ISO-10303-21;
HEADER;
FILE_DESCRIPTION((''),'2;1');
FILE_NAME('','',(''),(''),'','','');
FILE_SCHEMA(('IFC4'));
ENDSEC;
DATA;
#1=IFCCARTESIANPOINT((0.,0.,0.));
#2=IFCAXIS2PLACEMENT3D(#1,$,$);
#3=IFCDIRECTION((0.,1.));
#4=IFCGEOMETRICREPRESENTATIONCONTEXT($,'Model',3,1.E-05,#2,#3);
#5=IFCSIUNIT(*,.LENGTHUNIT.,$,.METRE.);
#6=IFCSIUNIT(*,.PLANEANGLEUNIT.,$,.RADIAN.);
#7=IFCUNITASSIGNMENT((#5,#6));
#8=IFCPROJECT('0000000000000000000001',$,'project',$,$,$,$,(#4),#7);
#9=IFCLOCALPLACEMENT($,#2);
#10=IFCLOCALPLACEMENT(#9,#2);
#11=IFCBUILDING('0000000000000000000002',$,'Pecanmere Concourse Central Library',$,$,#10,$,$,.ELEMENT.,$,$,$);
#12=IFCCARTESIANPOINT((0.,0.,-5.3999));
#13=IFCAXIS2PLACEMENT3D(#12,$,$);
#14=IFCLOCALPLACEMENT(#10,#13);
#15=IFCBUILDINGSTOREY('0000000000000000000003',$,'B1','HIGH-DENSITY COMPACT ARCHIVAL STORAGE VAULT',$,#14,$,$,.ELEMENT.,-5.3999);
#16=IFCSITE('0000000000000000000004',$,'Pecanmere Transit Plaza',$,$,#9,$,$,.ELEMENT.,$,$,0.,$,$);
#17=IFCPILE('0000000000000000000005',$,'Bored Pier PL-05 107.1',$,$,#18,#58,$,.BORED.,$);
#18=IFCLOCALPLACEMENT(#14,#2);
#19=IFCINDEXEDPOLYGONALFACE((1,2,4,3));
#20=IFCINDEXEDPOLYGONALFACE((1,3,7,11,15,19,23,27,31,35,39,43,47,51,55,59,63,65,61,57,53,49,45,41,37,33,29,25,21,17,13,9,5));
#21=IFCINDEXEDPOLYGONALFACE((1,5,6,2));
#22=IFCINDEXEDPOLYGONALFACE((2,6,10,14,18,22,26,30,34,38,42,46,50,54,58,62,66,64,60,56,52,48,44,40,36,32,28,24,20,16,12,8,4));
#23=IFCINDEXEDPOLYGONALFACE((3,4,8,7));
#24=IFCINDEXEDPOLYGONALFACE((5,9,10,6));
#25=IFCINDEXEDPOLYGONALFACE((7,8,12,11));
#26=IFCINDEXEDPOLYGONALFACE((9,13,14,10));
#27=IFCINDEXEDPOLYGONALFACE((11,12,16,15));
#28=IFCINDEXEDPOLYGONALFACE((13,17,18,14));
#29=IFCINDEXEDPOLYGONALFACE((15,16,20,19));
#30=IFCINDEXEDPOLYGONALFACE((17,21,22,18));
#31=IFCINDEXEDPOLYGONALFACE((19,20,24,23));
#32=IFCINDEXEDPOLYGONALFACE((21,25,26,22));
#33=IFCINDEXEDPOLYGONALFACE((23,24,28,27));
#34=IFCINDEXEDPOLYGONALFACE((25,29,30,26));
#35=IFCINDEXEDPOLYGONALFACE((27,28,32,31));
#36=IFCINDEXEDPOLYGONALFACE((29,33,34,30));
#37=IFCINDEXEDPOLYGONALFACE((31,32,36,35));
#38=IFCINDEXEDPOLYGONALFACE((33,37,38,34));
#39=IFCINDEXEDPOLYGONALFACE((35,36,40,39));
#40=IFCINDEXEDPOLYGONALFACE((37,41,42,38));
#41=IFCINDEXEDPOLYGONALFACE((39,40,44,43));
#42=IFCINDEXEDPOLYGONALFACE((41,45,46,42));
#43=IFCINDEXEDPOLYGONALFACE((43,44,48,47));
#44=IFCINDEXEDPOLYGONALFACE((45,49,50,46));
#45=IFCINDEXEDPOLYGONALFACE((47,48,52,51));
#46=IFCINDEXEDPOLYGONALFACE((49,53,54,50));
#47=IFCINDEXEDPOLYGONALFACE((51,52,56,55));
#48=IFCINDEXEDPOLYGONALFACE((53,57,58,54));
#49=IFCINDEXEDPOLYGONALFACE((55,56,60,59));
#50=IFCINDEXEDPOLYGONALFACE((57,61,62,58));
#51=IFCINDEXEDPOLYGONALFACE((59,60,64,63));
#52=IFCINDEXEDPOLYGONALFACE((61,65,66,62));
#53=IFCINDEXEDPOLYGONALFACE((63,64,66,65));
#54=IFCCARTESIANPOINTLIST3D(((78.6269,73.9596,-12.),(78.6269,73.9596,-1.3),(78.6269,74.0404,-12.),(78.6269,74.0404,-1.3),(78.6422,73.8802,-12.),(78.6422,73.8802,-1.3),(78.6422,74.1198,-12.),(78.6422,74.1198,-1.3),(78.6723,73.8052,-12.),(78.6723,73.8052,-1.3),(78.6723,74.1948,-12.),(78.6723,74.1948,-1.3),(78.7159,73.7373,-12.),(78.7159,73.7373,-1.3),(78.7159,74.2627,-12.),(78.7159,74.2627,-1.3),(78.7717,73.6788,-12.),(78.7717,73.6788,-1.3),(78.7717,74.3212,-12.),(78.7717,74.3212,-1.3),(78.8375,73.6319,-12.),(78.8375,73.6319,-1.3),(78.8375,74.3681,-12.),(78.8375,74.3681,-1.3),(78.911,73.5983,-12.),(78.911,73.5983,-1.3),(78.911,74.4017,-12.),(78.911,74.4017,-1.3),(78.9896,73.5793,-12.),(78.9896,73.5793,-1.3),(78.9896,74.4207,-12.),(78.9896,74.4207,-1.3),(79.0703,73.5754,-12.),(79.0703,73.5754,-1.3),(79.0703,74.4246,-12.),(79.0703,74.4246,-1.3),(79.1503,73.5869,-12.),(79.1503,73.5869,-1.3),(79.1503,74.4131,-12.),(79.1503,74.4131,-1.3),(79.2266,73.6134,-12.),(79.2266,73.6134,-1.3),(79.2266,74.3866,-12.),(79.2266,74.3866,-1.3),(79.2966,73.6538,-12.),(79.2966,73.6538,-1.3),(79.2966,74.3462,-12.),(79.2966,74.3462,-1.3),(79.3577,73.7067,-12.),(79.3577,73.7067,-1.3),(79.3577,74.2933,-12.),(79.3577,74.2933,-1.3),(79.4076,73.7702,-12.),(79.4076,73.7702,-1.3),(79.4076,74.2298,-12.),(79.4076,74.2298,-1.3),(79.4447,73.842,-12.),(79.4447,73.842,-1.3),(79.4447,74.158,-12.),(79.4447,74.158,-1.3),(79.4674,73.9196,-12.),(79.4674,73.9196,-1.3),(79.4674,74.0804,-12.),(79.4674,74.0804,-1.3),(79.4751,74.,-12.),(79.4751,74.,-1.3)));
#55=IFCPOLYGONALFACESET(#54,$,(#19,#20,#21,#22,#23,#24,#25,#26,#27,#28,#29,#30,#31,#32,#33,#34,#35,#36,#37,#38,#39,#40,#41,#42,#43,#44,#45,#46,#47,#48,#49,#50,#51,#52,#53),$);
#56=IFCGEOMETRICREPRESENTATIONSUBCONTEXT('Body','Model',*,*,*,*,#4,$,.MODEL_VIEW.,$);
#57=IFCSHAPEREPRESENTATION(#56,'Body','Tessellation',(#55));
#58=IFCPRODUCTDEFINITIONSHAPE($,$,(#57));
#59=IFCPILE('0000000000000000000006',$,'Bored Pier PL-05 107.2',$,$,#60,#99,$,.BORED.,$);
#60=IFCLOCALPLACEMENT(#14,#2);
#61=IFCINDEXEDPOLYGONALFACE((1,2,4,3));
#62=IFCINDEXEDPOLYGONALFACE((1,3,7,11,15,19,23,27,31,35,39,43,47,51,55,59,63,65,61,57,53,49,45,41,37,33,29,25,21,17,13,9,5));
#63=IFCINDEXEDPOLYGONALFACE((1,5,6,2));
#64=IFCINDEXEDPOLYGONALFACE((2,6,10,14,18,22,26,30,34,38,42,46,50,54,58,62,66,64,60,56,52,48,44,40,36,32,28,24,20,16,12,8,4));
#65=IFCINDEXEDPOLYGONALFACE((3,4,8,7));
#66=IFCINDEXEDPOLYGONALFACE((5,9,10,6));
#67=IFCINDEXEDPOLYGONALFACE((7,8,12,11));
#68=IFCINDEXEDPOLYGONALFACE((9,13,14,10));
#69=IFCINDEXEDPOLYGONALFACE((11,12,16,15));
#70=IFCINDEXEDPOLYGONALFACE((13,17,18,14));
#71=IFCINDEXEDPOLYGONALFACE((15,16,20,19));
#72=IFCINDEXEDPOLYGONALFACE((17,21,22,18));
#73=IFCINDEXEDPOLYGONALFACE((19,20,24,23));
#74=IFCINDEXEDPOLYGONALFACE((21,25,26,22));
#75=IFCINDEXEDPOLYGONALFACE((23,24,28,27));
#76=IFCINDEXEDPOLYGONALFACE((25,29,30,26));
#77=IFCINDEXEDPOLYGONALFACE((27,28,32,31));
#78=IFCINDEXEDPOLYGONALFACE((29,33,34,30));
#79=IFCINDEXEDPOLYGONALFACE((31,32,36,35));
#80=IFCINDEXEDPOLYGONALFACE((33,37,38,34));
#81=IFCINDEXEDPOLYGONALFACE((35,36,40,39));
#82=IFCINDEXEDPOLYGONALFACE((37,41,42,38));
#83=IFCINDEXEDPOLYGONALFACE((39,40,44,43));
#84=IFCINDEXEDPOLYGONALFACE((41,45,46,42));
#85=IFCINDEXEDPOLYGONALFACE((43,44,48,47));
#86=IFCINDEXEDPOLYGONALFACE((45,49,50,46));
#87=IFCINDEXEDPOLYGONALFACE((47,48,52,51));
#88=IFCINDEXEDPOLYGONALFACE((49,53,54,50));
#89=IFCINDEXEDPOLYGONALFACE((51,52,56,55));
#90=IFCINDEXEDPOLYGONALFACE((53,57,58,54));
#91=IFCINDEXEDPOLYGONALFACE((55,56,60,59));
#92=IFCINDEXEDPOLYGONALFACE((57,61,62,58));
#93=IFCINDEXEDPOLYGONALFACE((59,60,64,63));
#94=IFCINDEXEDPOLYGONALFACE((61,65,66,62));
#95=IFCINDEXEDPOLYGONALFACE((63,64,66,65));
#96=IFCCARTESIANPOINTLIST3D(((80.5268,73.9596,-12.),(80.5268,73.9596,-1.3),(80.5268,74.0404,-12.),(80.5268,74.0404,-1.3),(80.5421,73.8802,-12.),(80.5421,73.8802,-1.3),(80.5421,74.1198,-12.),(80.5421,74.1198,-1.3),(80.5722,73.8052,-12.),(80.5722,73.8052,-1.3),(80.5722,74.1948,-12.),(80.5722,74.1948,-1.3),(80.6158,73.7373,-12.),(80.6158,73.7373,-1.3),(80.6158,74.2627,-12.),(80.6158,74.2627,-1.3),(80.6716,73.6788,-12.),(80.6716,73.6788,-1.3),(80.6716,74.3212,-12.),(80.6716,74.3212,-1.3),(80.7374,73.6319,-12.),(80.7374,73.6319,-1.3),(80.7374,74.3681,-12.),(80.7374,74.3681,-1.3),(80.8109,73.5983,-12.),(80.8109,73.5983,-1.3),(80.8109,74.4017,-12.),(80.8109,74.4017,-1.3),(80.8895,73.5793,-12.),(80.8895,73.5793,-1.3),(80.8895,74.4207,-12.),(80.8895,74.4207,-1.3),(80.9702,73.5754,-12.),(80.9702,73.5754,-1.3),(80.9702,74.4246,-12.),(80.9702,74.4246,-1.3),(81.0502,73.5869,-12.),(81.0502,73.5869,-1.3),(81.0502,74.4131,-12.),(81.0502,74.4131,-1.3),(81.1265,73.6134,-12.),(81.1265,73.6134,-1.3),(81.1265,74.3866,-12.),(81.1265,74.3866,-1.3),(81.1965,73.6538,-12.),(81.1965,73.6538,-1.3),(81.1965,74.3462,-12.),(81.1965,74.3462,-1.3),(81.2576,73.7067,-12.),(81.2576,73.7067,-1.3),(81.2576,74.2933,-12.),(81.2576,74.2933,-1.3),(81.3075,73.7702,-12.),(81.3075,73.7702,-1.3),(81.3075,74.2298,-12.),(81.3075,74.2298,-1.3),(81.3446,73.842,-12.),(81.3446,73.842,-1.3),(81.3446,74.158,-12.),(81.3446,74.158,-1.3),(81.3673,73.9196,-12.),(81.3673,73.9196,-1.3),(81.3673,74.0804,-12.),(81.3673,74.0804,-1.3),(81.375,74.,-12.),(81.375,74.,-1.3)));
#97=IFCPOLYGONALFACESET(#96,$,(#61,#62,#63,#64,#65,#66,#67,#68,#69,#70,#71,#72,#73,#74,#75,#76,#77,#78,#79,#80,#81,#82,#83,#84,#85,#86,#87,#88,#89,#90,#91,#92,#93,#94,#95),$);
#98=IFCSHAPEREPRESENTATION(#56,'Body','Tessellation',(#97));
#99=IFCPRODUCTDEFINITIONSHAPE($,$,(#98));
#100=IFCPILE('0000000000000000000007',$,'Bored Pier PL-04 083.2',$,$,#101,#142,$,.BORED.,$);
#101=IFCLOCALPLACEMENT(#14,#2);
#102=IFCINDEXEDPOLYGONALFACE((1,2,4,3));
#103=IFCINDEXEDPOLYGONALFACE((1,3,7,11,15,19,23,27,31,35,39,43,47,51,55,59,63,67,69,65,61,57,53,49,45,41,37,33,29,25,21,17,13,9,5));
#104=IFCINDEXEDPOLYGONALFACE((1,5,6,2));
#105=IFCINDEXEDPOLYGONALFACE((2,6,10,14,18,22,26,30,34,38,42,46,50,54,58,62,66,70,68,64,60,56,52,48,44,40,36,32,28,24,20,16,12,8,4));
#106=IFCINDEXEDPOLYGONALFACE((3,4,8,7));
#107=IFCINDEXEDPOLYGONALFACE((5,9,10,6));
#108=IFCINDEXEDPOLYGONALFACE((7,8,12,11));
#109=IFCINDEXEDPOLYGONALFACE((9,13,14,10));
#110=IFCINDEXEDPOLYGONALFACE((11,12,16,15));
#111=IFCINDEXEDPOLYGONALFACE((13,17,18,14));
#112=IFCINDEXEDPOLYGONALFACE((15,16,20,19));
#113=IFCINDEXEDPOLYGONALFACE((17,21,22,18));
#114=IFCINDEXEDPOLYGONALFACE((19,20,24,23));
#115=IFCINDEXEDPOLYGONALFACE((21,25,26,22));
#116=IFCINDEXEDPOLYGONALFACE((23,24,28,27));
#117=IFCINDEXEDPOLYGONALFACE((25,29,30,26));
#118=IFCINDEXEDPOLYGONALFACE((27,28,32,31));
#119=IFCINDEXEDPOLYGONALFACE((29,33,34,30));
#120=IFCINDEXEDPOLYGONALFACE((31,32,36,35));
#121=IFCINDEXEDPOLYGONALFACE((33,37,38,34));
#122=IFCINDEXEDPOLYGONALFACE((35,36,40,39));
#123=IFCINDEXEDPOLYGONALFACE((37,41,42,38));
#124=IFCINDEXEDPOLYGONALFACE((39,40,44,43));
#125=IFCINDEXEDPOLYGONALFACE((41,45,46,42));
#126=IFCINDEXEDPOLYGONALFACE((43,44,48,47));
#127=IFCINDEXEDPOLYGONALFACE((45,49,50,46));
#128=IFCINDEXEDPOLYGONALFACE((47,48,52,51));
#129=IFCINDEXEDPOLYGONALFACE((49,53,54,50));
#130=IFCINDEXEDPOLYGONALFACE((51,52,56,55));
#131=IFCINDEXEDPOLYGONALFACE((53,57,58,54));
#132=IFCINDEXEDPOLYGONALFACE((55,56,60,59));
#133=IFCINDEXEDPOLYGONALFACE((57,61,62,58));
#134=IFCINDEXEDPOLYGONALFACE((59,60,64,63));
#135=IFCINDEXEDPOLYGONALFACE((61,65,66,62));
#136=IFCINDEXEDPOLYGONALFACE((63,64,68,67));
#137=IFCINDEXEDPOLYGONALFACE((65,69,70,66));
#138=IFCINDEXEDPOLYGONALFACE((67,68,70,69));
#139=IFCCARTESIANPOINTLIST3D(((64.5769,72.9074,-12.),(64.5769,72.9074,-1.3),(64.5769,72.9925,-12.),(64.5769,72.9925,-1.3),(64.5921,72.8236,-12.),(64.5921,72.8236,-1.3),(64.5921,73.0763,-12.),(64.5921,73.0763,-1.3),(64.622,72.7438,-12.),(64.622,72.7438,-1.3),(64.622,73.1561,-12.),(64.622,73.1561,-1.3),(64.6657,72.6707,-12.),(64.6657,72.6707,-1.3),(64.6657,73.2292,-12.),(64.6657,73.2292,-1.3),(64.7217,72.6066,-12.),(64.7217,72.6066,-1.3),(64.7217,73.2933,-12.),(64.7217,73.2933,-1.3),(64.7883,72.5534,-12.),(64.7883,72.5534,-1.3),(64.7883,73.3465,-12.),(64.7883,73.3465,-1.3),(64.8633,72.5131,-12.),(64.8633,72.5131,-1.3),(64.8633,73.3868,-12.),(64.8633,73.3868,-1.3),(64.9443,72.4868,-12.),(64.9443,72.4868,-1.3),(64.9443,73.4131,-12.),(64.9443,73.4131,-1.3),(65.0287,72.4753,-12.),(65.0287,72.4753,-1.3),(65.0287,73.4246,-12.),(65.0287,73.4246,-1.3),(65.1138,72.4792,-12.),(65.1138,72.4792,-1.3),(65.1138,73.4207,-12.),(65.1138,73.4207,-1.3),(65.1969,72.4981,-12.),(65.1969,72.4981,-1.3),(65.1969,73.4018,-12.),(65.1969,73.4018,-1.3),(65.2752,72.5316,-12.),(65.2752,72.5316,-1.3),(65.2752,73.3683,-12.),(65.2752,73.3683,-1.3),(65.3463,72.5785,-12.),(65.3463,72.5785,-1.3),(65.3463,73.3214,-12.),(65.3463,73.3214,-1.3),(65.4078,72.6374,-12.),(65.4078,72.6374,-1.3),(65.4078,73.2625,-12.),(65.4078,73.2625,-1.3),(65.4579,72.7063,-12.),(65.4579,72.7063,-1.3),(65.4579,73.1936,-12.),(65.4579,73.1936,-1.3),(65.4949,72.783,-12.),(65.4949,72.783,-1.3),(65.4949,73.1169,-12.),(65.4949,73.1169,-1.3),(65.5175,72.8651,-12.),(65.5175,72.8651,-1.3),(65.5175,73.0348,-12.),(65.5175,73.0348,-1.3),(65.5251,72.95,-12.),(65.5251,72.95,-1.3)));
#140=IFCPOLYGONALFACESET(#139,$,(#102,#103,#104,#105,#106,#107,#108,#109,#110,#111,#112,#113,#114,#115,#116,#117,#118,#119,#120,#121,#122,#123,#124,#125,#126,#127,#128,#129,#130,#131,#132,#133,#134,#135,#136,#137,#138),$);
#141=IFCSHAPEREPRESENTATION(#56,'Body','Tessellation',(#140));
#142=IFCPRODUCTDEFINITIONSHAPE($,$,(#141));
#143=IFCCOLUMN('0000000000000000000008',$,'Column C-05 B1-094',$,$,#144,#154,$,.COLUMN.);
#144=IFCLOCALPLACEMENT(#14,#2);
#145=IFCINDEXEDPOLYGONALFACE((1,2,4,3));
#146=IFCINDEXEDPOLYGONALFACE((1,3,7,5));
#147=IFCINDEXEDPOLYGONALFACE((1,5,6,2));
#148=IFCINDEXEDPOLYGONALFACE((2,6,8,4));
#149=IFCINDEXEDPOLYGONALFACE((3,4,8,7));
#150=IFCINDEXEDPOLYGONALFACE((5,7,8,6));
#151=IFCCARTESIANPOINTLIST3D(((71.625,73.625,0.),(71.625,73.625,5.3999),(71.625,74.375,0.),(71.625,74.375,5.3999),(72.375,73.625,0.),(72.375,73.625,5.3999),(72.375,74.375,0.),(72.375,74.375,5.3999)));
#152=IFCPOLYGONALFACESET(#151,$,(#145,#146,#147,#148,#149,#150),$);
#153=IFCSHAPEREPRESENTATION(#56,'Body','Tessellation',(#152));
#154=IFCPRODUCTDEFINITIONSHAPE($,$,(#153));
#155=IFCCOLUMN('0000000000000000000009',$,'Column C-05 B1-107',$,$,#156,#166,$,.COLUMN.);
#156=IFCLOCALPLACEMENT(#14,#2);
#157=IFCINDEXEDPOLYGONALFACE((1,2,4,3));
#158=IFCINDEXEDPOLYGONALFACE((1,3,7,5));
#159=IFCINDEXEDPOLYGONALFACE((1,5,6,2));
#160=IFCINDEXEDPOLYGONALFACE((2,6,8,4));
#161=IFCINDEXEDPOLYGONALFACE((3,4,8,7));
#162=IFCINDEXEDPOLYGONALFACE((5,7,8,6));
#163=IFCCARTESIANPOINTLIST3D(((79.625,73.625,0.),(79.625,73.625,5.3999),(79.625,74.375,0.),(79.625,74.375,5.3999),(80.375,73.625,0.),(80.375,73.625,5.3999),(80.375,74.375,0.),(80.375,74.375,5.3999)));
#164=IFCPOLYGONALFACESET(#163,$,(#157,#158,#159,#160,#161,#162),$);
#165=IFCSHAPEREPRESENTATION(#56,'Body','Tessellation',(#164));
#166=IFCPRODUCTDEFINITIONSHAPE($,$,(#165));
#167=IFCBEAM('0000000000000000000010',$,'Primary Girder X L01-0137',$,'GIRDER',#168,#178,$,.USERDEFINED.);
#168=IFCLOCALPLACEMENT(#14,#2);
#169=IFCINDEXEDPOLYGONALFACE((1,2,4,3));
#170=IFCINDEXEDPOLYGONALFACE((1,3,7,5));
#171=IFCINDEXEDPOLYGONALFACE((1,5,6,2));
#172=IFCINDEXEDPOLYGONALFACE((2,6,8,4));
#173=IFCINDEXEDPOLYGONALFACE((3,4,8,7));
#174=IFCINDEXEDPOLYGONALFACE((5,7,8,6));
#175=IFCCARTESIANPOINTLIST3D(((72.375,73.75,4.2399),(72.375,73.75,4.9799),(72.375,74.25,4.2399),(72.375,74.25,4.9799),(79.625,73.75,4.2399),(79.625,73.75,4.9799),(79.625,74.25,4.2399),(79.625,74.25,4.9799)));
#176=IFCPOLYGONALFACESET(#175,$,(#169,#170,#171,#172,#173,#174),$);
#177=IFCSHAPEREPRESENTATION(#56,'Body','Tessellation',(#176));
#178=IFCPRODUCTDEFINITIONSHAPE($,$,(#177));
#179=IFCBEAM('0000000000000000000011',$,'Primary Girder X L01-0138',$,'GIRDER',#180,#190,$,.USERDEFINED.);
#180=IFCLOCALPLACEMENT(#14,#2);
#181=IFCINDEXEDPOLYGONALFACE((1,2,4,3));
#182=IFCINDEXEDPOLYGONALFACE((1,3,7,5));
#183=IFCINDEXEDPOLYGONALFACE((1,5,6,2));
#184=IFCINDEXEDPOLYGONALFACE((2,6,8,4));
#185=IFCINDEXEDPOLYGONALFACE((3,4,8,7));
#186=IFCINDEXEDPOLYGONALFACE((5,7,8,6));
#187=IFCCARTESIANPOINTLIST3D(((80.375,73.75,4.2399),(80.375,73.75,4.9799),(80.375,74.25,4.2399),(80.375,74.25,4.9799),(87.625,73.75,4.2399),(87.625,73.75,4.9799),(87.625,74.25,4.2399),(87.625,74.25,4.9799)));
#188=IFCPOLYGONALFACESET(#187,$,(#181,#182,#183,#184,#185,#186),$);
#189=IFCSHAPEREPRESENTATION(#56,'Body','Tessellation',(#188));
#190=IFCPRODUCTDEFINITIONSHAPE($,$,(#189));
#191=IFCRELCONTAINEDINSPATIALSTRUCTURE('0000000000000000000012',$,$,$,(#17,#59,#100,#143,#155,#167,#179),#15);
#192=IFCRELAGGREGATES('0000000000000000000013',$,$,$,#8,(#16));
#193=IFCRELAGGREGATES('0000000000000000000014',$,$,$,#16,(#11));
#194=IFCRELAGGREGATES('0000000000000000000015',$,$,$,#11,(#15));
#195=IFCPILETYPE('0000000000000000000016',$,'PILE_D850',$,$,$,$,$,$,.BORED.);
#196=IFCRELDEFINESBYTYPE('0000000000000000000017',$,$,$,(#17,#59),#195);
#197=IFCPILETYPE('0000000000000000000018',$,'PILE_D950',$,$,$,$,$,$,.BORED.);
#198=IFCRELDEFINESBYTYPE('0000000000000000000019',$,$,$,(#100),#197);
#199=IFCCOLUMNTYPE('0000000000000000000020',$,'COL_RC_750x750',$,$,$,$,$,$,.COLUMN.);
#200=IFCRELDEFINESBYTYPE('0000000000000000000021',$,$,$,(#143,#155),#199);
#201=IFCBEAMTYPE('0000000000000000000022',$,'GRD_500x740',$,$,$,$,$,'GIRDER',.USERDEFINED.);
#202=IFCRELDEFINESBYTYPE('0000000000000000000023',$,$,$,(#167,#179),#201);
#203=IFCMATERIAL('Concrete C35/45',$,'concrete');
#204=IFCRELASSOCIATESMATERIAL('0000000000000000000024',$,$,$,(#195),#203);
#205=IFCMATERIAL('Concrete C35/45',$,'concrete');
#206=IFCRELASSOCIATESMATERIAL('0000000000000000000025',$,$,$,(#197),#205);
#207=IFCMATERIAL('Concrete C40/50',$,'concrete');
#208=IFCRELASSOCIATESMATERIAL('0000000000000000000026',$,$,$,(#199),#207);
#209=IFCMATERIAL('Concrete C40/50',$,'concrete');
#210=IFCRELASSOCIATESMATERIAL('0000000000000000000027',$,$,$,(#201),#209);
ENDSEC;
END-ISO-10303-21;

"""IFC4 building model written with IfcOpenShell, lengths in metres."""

from ifc_helpers import new_model, si_unit, direction, frame, origin, origin_2d, place, context, subcontext, project, spatial, rectangle, circle, extrude, material, material_profile, profile_set, type_object, element, save


model = new_model("IFC4")

# Units and contexts
model_context = context("Model", 3, precision=1e-05, world=origin(), true_north=direction((0.0, 1.0)))
body_context = subcontext(model_context, "Body", "Model", "MODEL_VIEW")
ifc_project = project(units=[si_unit("LENGTHUNIT", "METRE"), si_unit("PLANEANGLEUNIT", "RADIAN")], contexts=[model_context])

# Site, building, storey
site_placement = place(None, origin())
site = spatial("IfcSite", under=ifc_project, at=site_placement, Name="Pecanmere Transit Plaza", CompositionType="ELEMENT", RefElevation=0.0)
building_placement = place(site_placement, origin())
building = spatial("IfcBuilding", under=site, at=building_placement, Name="Pecanmere Concourse Central Library", CompositionType="ELEMENT")
storey_placement = place(building_placement, frame((0.0, 0.0, -5.3999)))
storey = spatial("IfcBuildingStorey", under=building, at=storey_placement, Name="B1", Description="HIGH-DENSITY COMPACT ARCHIVAL STORAGE VAULT", CompositionType="ELEMENT", Elevation=-5.3999)

# Piles
ifc_material_1 = material(Name="Concrete C35/45", Category="concrete")
ifc_material_profile_1 = material_profile(ifc_material_1, circle(Radius=0.425, at=origin_2d()), Name="PIER D850")
ifc_profile_set_1 = profile_set([ifc_material_profile_1], Name="Concrete C35/45")
pile_type_1 = type_object("IfcPileType", Name="PILE_D850", PredefinedType="BORED", material=ifc_profile_set_1)
for number, where, z_axis, x_axis, name in (
    (1, (79.05, 74.0, -1.3), (0.0, 0.0, -1.0), (1.0, 0.0, 0.0), "Bored Pier PL-05 107.1"),
    (2, (80.95, 74.0, -1.3), (0.0, 0.0, -1.0), (1.0, 0.0, 0.0), "Bored Pier PL-05 107.2"),
):
    element("IfcPile", number, at=place(storey_placement, frame(where, z_axis=z_axis, x_axis=x_axis)), inside=storey, type_object=pile_type_1, Name=name, PredefinedType="BORED", context=body_context, shape_type="SweptSolid", body=[
        extrude(circle(Radius=0.425, at=origin_2d()), origin(), (0.0, 0.0, 1.0), 10.7),
    ])
ifc_material_2 = material(Name="Concrete C35/45", Category="concrete")
ifc_material_profile_2 = material_profile(ifc_material_2, circle(Radius=0.4751, at=origin_2d()), Name="PIER D950")
ifc_profile_set_2 = profile_set([ifc_material_profile_2], Name="Concrete C35/45")
pile_type_2 = type_object("IfcPileType", Name="PILE_D950", PredefinedType="BORED", material=ifc_profile_set_2)
pile_placement = place(storey_placement, frame((65.05, 72.95, -1.3), z_axis=(0.0, 0.0, -1.0), x_axis=(1.0, 0.0, 0.0)))
element("IfcPile", 3, at=pile_placement, inside=storey, type_object=pile_type_2, Name="Bored Pier PL-04 083.2", PredefinedType="BORED", context=body_context, shape_type="SweptSolid", body=[
    extrude(circle(Radius=0.4751, at=origin_2d()), origin(), (0.0, 0.0, 1.0), 10.7),
])

# Columns
ifc_material_3 = material(Name="Concrete C40/50", Category="concrete")
ifc_material_profile_3 = material_profile(ifc_material_3, rectangle(XDim=0.75, YDim=0.75, at=origin_2d()), Name="RC 750x750")
ifc_profile_set_3 = profile_set([ifc_material_profile_3], Name="Concrete C40/50")
column_type = type_object("IfcColumnType", Name="COL_RC_750x750", PredefinedType="COLUMN", material=ifc_profile_set_3)
for number, where, z_axis, x_axis, name in (
    (4, (72.0, 74.0, 0.0), (0.0, 0.0, 1.0), (1.0, 0.0, 0.0), "Column C-05 B1-094"),
    (5, (80.0, 74.0, 0.0), (0.0, 0.0, 1.0), (1.0, 0.0, 0.0), "Column C-05 B1-107"),
):
    element("IfcColumn", number, at=place(storey_placement, frame(where, z_axis=z_axis, x_axis=x_axis)), inside=storey, type_object=column_type, Name=name, PredefinedType="COLUMN", context=body_context, shape_type="SweptSolid", body=[
        extrude(rectangle(XDim=0.75, YDim=0.75, at=origin_2d()), origin(), (0.0, 0.0, 1.0), 5.3999),
    ])

# Beams
ifc_material_4 = material(Name="Concrete C40/50", Category="concrete")
ifc_material_profile_4 = material_profile(ifc_material_4, rectangle(XDim=0.5, YDim=0.74, at=origin_2d()), Name="RC 500x740")
ifc_profile_set_4 = profile_set([ifc_material_profile_4], Name="Concrete C40/50")
beam_type_1 = type_object("IfcBeamType", Name="GRD_500x740", ElementType="GIRDER", PredefinedType="USERDEFINED", material=ifc_profile_set_4)
for number, where, z_axis, x_axis, name in (
    (6, (72.375, 74.0, 4.6099), (1.0, 0.0, 0.0), (0.0, 1.0, 0.0), "Primary Girder X L01-0137"),
    (7, (80.375, 74.0, 4.6099), (1.0, 0.0, 0.0), (0.0, 1.0, 0.0), "Primary Girder X L01-0138"),
):
    element("IfcBeam", number, at=place(storey_placement, frame(where, z_axis=z_axis, x_axis=x_axis)), inside=storey, type_object=beam_type_1, Name=name, ObjectType="GIRDER", PredefinedType="USERDEFINED", context=body_context, shape_type="SweptSolid", body=[
        extrude(rectangle(XDim=0.5, YDim=0.74, at=origin_2d()), origin(), (0.0, 0.0, 1.0), 7.25),
    ])

save(model, "model.ifc")
